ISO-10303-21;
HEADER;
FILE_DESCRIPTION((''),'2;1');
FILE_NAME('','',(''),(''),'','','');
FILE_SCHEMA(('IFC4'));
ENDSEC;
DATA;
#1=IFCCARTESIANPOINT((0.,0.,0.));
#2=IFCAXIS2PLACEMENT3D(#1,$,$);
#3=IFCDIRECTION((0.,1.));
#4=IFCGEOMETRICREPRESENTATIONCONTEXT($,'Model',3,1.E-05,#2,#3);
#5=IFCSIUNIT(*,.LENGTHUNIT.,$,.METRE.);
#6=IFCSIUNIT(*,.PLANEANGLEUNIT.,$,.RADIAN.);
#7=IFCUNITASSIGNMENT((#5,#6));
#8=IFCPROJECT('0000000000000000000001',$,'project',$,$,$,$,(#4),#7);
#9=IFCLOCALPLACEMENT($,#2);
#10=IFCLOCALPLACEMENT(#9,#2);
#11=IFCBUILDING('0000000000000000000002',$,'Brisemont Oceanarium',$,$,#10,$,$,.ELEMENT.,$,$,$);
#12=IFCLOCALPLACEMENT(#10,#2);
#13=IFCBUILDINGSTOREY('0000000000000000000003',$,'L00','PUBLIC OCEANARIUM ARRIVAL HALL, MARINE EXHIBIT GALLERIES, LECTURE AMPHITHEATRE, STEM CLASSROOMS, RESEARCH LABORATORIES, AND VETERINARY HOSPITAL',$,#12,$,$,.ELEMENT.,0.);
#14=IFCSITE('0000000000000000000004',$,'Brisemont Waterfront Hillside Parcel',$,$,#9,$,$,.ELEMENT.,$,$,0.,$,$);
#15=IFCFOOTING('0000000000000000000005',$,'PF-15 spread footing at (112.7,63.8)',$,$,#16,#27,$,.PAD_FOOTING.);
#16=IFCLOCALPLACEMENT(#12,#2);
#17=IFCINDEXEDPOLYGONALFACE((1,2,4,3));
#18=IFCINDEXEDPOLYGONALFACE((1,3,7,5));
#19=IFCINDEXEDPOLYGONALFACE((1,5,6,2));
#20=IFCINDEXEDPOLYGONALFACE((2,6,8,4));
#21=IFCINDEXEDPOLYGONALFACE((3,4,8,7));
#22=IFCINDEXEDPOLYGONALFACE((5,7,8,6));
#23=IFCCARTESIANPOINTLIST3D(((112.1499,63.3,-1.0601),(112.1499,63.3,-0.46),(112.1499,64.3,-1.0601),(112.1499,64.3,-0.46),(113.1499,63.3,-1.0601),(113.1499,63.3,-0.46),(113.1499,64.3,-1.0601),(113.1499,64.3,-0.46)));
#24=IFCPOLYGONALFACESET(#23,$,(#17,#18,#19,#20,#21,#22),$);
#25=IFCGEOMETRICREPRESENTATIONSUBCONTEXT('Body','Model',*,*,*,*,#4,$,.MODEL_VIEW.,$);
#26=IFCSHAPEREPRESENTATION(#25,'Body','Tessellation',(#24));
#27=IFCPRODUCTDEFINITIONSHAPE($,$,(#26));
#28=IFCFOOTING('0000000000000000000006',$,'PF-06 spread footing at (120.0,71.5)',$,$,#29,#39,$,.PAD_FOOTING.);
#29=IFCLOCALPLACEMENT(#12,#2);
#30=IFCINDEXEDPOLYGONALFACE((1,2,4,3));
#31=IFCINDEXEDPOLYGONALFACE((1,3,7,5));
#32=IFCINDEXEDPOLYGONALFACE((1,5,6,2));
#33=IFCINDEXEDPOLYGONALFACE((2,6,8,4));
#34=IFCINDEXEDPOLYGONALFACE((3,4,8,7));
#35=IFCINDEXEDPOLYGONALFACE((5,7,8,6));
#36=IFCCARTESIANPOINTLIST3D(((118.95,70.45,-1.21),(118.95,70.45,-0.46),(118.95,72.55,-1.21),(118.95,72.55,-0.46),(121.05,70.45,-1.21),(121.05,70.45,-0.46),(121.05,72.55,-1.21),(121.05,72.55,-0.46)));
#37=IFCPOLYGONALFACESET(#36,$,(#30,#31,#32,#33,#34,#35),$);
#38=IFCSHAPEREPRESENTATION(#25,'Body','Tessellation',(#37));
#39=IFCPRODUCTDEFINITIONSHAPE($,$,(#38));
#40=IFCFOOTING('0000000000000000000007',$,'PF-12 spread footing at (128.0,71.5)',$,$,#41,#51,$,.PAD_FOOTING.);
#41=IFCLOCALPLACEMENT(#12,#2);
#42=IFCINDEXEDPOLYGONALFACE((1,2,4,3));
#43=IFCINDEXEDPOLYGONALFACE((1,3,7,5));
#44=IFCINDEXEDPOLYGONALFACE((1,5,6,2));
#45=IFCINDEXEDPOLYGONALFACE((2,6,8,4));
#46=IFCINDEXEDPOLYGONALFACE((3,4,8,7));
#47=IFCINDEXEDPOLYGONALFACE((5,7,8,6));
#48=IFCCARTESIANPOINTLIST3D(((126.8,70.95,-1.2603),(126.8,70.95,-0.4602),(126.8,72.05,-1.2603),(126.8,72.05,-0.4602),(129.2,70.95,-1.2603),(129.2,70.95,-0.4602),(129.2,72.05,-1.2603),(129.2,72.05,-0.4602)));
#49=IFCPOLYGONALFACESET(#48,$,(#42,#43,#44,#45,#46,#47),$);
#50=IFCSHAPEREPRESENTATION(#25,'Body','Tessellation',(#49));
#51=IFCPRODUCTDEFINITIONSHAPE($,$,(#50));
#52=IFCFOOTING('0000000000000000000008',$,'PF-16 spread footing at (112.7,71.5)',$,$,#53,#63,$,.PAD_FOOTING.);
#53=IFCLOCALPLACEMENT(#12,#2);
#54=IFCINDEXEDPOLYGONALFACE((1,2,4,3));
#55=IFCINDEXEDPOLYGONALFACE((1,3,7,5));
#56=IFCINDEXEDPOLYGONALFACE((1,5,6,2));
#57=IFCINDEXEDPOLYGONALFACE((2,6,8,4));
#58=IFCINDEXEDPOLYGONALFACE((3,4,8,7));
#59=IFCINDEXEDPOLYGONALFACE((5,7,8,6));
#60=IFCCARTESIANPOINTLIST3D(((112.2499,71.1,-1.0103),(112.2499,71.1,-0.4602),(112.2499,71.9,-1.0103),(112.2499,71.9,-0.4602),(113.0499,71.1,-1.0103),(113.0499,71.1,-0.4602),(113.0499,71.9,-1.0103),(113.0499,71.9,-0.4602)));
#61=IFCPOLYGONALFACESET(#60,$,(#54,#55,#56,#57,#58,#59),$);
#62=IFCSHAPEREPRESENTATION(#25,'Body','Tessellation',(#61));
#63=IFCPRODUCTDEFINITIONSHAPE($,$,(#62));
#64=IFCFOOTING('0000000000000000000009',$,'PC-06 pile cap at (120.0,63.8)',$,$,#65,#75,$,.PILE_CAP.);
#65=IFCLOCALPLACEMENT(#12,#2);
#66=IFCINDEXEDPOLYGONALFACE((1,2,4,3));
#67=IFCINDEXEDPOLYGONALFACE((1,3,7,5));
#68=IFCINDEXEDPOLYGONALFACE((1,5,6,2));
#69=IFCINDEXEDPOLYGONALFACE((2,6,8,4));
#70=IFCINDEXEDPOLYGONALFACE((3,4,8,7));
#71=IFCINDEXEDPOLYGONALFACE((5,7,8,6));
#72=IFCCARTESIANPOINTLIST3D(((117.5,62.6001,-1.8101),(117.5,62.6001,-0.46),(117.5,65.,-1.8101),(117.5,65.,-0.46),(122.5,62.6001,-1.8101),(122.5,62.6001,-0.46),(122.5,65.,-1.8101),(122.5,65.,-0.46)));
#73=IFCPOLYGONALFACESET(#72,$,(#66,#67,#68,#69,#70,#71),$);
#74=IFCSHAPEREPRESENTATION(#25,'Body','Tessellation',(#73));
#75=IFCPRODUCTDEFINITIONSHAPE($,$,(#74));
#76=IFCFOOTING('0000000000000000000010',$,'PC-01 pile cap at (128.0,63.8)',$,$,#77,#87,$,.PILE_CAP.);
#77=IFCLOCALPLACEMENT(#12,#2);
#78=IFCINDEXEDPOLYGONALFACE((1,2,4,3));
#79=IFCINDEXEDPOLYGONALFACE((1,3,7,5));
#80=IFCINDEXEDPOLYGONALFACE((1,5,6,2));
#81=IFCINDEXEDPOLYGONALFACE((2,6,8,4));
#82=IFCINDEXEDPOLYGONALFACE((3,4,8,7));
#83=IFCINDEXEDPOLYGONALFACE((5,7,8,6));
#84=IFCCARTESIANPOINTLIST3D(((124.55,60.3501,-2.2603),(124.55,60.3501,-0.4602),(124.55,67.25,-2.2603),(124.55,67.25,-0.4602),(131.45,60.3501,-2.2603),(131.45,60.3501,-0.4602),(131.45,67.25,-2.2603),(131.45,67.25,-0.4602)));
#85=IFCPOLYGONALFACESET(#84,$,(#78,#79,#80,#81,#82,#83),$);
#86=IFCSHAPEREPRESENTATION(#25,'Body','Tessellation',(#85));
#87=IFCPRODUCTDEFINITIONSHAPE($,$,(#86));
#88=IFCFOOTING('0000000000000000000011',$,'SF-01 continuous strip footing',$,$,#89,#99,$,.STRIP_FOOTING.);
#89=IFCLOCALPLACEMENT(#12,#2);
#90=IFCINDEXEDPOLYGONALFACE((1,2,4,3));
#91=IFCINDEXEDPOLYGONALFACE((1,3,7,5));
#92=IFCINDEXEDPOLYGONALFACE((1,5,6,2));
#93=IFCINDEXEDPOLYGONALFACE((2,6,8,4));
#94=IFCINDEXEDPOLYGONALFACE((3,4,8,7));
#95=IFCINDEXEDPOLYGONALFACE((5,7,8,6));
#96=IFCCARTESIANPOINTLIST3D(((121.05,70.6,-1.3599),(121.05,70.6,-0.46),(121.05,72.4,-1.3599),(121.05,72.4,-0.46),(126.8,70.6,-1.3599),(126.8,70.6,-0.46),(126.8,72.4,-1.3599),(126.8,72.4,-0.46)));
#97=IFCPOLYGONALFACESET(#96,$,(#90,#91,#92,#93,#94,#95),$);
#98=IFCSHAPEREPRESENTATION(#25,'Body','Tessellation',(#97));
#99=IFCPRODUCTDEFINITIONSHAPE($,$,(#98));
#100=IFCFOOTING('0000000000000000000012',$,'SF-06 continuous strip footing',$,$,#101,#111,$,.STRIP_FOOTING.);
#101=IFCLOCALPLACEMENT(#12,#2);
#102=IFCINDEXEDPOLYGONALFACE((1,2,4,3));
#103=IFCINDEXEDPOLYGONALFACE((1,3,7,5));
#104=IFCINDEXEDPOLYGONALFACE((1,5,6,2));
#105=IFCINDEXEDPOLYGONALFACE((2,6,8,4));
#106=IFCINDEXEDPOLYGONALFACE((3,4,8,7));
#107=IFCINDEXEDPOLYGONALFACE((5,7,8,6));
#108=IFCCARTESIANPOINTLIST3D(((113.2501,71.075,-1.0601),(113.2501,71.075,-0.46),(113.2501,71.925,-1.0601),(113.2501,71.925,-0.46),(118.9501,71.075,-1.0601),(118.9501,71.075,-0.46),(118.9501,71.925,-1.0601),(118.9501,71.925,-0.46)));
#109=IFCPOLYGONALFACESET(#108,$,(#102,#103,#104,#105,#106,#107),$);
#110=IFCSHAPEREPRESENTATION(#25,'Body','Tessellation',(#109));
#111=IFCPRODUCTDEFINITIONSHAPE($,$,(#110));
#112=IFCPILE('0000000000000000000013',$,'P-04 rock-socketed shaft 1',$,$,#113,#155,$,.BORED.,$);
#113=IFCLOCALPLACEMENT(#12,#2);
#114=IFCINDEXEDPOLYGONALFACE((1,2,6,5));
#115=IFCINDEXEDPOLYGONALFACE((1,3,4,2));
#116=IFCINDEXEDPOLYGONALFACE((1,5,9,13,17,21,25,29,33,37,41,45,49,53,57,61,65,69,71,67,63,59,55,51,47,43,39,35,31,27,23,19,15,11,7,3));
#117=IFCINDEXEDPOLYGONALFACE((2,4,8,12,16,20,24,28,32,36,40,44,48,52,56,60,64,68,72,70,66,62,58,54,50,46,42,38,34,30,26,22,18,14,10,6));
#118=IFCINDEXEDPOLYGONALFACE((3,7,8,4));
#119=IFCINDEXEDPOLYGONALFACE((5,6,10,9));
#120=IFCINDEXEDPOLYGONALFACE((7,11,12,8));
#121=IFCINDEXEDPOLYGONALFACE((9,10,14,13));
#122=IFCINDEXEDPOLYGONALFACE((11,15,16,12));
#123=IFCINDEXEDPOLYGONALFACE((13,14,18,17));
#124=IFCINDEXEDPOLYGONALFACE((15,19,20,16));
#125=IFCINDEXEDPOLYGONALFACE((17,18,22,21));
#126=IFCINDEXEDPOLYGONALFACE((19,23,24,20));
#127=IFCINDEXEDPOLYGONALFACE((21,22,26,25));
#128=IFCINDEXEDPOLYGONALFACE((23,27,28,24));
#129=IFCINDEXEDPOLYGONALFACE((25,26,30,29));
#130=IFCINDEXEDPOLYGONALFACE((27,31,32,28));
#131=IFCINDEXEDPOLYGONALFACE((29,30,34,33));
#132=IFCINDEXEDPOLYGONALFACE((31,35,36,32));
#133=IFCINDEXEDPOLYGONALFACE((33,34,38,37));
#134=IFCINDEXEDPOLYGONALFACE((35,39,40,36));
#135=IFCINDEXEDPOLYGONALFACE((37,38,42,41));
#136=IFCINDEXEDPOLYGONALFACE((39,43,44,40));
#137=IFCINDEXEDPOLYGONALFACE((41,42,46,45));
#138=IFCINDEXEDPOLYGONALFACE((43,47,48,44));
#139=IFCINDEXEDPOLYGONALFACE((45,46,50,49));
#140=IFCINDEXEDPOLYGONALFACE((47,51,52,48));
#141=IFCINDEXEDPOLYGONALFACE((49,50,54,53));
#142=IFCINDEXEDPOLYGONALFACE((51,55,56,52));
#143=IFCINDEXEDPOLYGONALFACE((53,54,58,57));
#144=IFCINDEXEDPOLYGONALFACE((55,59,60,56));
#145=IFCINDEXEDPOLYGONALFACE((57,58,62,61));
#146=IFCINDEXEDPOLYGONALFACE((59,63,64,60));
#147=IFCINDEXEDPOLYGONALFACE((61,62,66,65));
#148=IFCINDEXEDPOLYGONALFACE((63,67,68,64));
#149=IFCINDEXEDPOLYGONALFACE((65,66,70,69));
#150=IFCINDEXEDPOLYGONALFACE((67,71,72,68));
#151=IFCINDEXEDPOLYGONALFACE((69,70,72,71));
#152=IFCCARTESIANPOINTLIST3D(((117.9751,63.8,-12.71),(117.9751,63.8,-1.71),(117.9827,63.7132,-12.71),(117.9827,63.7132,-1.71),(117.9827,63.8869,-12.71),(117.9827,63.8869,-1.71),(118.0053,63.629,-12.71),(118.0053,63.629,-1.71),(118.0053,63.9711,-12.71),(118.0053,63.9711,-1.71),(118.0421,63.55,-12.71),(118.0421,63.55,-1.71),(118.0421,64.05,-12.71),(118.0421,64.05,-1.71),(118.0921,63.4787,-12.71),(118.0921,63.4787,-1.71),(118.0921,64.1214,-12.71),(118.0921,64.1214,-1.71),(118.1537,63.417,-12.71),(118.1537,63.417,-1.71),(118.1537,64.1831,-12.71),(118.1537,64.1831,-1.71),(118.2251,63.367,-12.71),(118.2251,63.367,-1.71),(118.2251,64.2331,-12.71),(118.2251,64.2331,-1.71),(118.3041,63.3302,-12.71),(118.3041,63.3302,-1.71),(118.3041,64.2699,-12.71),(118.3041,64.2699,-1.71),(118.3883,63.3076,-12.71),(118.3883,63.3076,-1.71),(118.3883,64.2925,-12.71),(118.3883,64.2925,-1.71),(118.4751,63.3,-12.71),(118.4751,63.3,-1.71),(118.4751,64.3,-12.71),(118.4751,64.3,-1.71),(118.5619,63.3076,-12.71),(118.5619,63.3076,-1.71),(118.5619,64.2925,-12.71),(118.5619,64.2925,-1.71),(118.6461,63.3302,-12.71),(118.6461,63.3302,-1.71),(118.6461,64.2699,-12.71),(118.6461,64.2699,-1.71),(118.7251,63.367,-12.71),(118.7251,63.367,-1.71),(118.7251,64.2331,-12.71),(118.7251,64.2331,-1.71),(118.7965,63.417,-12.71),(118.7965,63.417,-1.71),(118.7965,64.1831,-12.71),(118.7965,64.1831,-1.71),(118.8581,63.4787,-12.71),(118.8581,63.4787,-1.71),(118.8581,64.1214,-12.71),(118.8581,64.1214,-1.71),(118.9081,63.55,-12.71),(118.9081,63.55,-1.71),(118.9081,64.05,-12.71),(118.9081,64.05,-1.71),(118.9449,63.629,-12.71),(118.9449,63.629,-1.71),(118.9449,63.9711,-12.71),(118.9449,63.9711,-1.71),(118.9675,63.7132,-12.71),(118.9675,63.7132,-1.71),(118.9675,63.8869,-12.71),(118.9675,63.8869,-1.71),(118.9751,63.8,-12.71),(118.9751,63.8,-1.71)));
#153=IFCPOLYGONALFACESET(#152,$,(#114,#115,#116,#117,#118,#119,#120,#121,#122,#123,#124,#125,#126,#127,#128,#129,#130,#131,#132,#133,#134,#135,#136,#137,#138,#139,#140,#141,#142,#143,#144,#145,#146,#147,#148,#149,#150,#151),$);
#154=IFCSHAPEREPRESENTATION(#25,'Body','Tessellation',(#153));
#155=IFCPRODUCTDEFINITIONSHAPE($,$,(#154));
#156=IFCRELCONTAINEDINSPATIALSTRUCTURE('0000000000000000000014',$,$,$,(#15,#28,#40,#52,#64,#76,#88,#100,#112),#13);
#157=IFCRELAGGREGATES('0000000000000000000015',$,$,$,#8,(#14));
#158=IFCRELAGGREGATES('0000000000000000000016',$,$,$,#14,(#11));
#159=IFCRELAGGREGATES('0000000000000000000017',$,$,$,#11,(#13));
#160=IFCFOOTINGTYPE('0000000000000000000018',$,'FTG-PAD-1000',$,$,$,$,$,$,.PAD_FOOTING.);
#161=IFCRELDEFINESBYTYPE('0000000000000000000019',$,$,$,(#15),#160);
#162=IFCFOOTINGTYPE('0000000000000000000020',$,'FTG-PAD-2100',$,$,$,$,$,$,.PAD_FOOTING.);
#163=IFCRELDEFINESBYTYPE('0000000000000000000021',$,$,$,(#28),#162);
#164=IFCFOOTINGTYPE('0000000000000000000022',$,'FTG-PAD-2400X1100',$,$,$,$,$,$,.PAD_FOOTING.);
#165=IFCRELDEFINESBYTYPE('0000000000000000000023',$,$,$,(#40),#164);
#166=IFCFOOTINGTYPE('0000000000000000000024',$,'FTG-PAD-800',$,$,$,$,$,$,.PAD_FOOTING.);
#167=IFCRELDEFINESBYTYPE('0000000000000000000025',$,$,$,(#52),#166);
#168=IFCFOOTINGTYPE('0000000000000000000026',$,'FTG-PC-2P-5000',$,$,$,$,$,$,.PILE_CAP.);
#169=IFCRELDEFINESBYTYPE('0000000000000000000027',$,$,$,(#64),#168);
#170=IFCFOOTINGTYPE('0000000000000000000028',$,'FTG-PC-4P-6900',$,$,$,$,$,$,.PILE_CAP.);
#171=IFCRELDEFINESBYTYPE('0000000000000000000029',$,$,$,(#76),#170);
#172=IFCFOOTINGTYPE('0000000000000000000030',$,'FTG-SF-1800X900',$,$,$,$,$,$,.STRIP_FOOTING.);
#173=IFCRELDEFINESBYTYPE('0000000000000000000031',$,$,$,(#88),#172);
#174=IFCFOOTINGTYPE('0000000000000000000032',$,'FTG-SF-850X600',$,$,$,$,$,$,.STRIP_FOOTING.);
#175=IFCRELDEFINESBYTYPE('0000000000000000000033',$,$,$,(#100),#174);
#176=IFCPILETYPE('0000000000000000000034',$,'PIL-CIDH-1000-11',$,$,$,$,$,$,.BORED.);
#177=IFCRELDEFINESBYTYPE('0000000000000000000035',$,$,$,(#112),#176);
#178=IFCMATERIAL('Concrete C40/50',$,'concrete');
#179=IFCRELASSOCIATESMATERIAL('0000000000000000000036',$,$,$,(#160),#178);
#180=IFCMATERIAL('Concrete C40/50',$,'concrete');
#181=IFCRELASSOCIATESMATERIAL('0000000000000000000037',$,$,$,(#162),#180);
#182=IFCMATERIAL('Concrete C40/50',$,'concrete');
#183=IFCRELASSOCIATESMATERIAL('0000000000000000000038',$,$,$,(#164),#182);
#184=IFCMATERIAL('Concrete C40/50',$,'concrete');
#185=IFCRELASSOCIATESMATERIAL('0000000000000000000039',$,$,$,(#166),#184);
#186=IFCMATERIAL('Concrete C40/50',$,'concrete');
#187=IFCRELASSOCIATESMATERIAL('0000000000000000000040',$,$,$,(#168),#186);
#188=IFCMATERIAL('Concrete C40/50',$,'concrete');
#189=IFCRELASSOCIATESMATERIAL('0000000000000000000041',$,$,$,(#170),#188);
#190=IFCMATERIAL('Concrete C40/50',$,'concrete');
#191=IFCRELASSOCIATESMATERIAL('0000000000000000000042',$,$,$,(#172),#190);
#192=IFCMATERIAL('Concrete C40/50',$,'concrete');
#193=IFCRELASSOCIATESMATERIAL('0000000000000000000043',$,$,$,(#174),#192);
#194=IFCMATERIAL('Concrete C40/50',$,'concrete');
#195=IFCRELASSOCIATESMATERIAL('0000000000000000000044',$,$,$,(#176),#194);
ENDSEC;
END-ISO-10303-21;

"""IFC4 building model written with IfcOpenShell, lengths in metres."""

from ifc_helpers import new_model, si_unit, direction, frame, origin, origin_2d, place, context, subcontext, project, spatial, rectangle, circle, extrude, material, material_profile, profile_set, type_object, element, save


model = new_model("IFC4")

# Units and contexts
model_context = context("Model", 3, precision=1e-05, world=origin(), true_north=direction((0.0, 1.0)))
body_context = subcontext(model_context, "Body", "Model", "MODEL_VIEW")
ifc_project = project(units=[si_unit("LENGTHUNIT", "METRE"), si_unit("PLANEANGLEUNIT", "RADIAN")], contexts=[model_context])

# Site, building, storey
site_placement = place(None, origin())
site = spatial("IfcSite", under=ifc_project, at=site_placement, Name="Brisemont Waterfront Hillside Parcel", CompositionType="ELEMENT", RefElevation=0.0)
building_placement = place(site_placement, origin())
building = spatial("IfcBuilding", under=site, at=building_placement, Name="Brisemont Oceanarium", CompositionType="ELEMENT")
storey_placement = place(building_placement, origin())
storey = spatial("IfcBuildingStorey", under=building, at=storey_placement, Name="L00", Description="PUBLIC OCEANARIUM ARRIVAL HALL, MARINE EXHIBIT GALLERIES, LECTURE AMPHITHEATRE, STEM CLASSROOMS, RESEARCH LABORATORIES, AND VETERINARY HOSPITAL", CompositionType="ELEMENT", Elevation=0.0)

# Footings
ifc_material_1 = material(Name="Concrete C40/50", Category="concrete")
footing_type_1 = type_object("IfcFootingType", Name="FTG-PAD-1000", PredefinedType="PAD_FOOTING", material=ifc_material_1)
footing_1_placement = place(storey_placement, frame((112.6499, 63.8, -1.0601), z_axis=(0.0, 0.0, 1.0), x_axis=(1.0, 0.0, 0.0)))
element("IfcFooting", 1, at=footing_1_placement, inside=storey, type_object=footing_type_1, Name="PF-15 spread footing at (112.7,63.8)", PredefinedType="PAD_FOOTING", context=body_context, shape_type="SweptSolid", body=[
    extrude(rectangle(XDim=1.0, YDim=1.0, at=origin_2d()), origin(), (0.0, 0.0, 1.0), 0.6001),
])
ifc_material_2 = material(Name="Concrete C40/50", Category="concrete")
footing_type_2 = type_object("IfcFootingType", Name="FTG-PAD-2100", PredefinedType="PAD_FOOTING", material=ifc_material_2)
footing_2_placement = place(storey_placement, frame((120.0, 71.5, -1.21), z_axis=(0.0, 0.0, 1.0), x_axis=(1.0, 0.0, 0.0)))
element("IfcFooting", 2, at=footing_2_placement, inside=storey, type_object=footing_type_2, Name="PF-06 spread footing at (120.0,71.5)", PredefinedType="PAD_FOOTING", context=body_context, shape_type="SweptSolid", body=[
    extrude(rectangle(XDim=2.1001, YDim=2.1001, at=origin_2d()), origin(), (0.0, 0.0, 1.0), 0.75),
])
ifc_material_3 = material(Name="Concrete C40/50", Category="concrete")
footing_type_3 = type_object("IfcFootingType", Name="FTG-PAD-2400X1100", PredefinedType="PAD_FOOTING", material=ifc_material_3)
footing_3_placement = place(storey_placement, frame((128.0, 71.5, -1.2603), z_axis=(0.0, 0.0, 1.0), x_axis=(1.0, 0.0, 0.0)))
element("IfcFooting", 3, at=footing_3_placement, inside=storey, type_object=footing_type_3, Name="PF-12 spread footing at (128.0,71.5)", PredefinedType="PAD_FOOTING", context=body_context, shape_type="SweptSolid", body=[
    extrude(rectangle(XDim=2.3999, YDim=1.1001, at=origin_2d()), origin(), (0.0, 0.0, 1.0), 0.8),
])
ifc_material_4 = material(Name="Concrete C40/50", Category="concrete")
footing_type_4 = type_object("IfcFootingType", Name="FTG-PAD-800", PredefinedType="PAD_FOOTING", material=ifc_material_4)
footing_4_placement = place(storey_placement, frame((112.6499, 71.5, -1.0103), z_axis=(0.0, 0.0, 1.0), x_axis=(1.0, 0.0, 0.0)))
element("IfcFooting", 4, at=footing_4_placement, inside=storey, type_object=footing_type_4, Name="PF-16 spread footing at (112.7,71.5)", PredefinedType="PAD_FOOTING", context=body_context, shape_type="SweptSolid", body=[
    extrude(rectangle(XDim=0.8, YDim=0.8, at=origin_2d()), origin(), (0.0, 0.0, 1.0), 0.55),
])
ifc_material_5 = material(Name="Concrete C40/50", Category="concrete")
footing_type_5 = type_object("IfcFootingType", Name="FTG-PC-2P-5000", PredefinedType="PILE_CAP", material=ifc_material_5)
footing_5_placement = place(storey_placement, frame((120.0, 63.8, -1.8101), z_axis=(0.0, 0.0, 1.0), x_axis=(1.0, 0.0, 0.0)))
element("IfcFooting", 5, at=footing_5_placement, inside=storey, type_object=footing_type_5, Name="PC-06 pile cap at (120.0,63.8)", PredefinedType="PILE_CAP", context=body_context, shape_type="SweptSolid", body=[
    extrude(rectangle(XDim=5.0, YDim=2.3999, at=origin_2d()), origin(), (0.0, 0.0, 1.0), 1.3501),
])
ifc_material_6 = material(Name="Concrete C40/50", Category="concrete")
footing_type_6 = type_object("IfcFootingType", Name="FTG-PC-4P-6900", PredefinedType="PILE_CAP", material=ifc_material_6)
footing_6_placement = place(storey_placement, frame((128.0, 63.8, -2.2603), z_axis=(0.0, 0.0, 1.0), x_axis=(1.0, 0.0, 0.0)))
element("IfcFooting", 6, at=footing_6_placement, inside=storey, type_object=footing_type_6, Name="PC-01 pile cap at (128.0,63.8)", PredefinedType="PILE_CAP", context=body_context, shape_type="SweptSolid", body=[
    extrude(rectangle(XDim=6.8999, YDim=6.8999, at=origin_2d()), origin(), (0.0, 0.0, 1.0), 1.8),
])
ifc_material_7 = material(Name="Concrete C40/50", Category="concrete")
footing_type_7 = type_object("IfcFootingType", Name="FTG-SF-1800X900", PredefinedType="STRIP_FOOTING", material=ifc_material_7)
footing_7_placement = place(storey_placement, frame((123.925, 71.5, -1.3599), z_axis=(0.0, 0.0, 1.0), x_axis=(1.0, 0.0, 0.0)))
element("IfcFooting", 7, at=footing_7_placement, inside=storey, type_object=footing_type_7, Name="SF-01 continuous strip footing", PredefinedType="STRIP_FOOTING", context=body_context, shape_type="SweptSolid", body=[
    extrude(rectangle(XDim=5.75, YDim=1.8, at=origin_2d()), origin(), (0.0, 0.0, 1.0), 0.8999),
])
ifc_material_8 = material(Name="Concrete C40/50", Category="concrete")
footing_type_8 = type_object("IfcFootingType", Name="FTG-SF-850X600", PredefinedType="STRIP_FOOTING", material=ifc_material_8)
footing_8_placement = place(storey_placement, frame((116.1001, 71.5, -1.0601), z_axis=(0.0, 0.0, 1.0), x_axis=(1.0, 0.0, 0.0)))
element("IfcFooting", 8, at=footing_8_placement, inside=storey, type_object=footing_type_8, Name="SF-06 continuous strip footing", PredefinedType="STRIP_FOOTING", context=body_context, shape_type="SweptSolid", body=[
    extrude(rectangle(XDim=5.7, YDim=0.8501, at=origin_2d()), origin(), (0.0, 0.0, 1.0), 0.6001),
])

# Pile
ifc_material_9 = material(Name="Concrete C40/50", Category="concrete")
ifc_material_profile_1 = material_profile(ifc_material_9, circle(Radius=0.5, at=origin_2d()), Name="CIDH-D1000")
ifc_profile_set_1 = profile_set([ifc_material_profile_1], Name="Concrete C40/50")
pile_type_1 = type_object("IfcPileType", Name="PIL-CIDH-1000-11", PredefinedType="BORED", material=ifc_profile_set_1)
for number, where, z_axis, x_axis, name in (
    (9, (118.4751, 63.8, -1.71), (0.0, 0.0, -1.0), (1.0, 0.0, 0.0), "P-04 rock-socketed shaft 1"),
):
    element("IfcPile", number, at=place(storey_placement, frame(where, z_axis=z_axis, x_axis=x_axis)), inside=storey, type_object=pile_type_1, Name=name, PredefinedType="BORED", context=body_context, shape_type="SweptSolid", body=[
        extrude(circle(Radius=0.5, at=origin_2d()), origin(), (0.0, 0.0, 1.0), 11.0),
    ])

save(model, "model.ifc")
